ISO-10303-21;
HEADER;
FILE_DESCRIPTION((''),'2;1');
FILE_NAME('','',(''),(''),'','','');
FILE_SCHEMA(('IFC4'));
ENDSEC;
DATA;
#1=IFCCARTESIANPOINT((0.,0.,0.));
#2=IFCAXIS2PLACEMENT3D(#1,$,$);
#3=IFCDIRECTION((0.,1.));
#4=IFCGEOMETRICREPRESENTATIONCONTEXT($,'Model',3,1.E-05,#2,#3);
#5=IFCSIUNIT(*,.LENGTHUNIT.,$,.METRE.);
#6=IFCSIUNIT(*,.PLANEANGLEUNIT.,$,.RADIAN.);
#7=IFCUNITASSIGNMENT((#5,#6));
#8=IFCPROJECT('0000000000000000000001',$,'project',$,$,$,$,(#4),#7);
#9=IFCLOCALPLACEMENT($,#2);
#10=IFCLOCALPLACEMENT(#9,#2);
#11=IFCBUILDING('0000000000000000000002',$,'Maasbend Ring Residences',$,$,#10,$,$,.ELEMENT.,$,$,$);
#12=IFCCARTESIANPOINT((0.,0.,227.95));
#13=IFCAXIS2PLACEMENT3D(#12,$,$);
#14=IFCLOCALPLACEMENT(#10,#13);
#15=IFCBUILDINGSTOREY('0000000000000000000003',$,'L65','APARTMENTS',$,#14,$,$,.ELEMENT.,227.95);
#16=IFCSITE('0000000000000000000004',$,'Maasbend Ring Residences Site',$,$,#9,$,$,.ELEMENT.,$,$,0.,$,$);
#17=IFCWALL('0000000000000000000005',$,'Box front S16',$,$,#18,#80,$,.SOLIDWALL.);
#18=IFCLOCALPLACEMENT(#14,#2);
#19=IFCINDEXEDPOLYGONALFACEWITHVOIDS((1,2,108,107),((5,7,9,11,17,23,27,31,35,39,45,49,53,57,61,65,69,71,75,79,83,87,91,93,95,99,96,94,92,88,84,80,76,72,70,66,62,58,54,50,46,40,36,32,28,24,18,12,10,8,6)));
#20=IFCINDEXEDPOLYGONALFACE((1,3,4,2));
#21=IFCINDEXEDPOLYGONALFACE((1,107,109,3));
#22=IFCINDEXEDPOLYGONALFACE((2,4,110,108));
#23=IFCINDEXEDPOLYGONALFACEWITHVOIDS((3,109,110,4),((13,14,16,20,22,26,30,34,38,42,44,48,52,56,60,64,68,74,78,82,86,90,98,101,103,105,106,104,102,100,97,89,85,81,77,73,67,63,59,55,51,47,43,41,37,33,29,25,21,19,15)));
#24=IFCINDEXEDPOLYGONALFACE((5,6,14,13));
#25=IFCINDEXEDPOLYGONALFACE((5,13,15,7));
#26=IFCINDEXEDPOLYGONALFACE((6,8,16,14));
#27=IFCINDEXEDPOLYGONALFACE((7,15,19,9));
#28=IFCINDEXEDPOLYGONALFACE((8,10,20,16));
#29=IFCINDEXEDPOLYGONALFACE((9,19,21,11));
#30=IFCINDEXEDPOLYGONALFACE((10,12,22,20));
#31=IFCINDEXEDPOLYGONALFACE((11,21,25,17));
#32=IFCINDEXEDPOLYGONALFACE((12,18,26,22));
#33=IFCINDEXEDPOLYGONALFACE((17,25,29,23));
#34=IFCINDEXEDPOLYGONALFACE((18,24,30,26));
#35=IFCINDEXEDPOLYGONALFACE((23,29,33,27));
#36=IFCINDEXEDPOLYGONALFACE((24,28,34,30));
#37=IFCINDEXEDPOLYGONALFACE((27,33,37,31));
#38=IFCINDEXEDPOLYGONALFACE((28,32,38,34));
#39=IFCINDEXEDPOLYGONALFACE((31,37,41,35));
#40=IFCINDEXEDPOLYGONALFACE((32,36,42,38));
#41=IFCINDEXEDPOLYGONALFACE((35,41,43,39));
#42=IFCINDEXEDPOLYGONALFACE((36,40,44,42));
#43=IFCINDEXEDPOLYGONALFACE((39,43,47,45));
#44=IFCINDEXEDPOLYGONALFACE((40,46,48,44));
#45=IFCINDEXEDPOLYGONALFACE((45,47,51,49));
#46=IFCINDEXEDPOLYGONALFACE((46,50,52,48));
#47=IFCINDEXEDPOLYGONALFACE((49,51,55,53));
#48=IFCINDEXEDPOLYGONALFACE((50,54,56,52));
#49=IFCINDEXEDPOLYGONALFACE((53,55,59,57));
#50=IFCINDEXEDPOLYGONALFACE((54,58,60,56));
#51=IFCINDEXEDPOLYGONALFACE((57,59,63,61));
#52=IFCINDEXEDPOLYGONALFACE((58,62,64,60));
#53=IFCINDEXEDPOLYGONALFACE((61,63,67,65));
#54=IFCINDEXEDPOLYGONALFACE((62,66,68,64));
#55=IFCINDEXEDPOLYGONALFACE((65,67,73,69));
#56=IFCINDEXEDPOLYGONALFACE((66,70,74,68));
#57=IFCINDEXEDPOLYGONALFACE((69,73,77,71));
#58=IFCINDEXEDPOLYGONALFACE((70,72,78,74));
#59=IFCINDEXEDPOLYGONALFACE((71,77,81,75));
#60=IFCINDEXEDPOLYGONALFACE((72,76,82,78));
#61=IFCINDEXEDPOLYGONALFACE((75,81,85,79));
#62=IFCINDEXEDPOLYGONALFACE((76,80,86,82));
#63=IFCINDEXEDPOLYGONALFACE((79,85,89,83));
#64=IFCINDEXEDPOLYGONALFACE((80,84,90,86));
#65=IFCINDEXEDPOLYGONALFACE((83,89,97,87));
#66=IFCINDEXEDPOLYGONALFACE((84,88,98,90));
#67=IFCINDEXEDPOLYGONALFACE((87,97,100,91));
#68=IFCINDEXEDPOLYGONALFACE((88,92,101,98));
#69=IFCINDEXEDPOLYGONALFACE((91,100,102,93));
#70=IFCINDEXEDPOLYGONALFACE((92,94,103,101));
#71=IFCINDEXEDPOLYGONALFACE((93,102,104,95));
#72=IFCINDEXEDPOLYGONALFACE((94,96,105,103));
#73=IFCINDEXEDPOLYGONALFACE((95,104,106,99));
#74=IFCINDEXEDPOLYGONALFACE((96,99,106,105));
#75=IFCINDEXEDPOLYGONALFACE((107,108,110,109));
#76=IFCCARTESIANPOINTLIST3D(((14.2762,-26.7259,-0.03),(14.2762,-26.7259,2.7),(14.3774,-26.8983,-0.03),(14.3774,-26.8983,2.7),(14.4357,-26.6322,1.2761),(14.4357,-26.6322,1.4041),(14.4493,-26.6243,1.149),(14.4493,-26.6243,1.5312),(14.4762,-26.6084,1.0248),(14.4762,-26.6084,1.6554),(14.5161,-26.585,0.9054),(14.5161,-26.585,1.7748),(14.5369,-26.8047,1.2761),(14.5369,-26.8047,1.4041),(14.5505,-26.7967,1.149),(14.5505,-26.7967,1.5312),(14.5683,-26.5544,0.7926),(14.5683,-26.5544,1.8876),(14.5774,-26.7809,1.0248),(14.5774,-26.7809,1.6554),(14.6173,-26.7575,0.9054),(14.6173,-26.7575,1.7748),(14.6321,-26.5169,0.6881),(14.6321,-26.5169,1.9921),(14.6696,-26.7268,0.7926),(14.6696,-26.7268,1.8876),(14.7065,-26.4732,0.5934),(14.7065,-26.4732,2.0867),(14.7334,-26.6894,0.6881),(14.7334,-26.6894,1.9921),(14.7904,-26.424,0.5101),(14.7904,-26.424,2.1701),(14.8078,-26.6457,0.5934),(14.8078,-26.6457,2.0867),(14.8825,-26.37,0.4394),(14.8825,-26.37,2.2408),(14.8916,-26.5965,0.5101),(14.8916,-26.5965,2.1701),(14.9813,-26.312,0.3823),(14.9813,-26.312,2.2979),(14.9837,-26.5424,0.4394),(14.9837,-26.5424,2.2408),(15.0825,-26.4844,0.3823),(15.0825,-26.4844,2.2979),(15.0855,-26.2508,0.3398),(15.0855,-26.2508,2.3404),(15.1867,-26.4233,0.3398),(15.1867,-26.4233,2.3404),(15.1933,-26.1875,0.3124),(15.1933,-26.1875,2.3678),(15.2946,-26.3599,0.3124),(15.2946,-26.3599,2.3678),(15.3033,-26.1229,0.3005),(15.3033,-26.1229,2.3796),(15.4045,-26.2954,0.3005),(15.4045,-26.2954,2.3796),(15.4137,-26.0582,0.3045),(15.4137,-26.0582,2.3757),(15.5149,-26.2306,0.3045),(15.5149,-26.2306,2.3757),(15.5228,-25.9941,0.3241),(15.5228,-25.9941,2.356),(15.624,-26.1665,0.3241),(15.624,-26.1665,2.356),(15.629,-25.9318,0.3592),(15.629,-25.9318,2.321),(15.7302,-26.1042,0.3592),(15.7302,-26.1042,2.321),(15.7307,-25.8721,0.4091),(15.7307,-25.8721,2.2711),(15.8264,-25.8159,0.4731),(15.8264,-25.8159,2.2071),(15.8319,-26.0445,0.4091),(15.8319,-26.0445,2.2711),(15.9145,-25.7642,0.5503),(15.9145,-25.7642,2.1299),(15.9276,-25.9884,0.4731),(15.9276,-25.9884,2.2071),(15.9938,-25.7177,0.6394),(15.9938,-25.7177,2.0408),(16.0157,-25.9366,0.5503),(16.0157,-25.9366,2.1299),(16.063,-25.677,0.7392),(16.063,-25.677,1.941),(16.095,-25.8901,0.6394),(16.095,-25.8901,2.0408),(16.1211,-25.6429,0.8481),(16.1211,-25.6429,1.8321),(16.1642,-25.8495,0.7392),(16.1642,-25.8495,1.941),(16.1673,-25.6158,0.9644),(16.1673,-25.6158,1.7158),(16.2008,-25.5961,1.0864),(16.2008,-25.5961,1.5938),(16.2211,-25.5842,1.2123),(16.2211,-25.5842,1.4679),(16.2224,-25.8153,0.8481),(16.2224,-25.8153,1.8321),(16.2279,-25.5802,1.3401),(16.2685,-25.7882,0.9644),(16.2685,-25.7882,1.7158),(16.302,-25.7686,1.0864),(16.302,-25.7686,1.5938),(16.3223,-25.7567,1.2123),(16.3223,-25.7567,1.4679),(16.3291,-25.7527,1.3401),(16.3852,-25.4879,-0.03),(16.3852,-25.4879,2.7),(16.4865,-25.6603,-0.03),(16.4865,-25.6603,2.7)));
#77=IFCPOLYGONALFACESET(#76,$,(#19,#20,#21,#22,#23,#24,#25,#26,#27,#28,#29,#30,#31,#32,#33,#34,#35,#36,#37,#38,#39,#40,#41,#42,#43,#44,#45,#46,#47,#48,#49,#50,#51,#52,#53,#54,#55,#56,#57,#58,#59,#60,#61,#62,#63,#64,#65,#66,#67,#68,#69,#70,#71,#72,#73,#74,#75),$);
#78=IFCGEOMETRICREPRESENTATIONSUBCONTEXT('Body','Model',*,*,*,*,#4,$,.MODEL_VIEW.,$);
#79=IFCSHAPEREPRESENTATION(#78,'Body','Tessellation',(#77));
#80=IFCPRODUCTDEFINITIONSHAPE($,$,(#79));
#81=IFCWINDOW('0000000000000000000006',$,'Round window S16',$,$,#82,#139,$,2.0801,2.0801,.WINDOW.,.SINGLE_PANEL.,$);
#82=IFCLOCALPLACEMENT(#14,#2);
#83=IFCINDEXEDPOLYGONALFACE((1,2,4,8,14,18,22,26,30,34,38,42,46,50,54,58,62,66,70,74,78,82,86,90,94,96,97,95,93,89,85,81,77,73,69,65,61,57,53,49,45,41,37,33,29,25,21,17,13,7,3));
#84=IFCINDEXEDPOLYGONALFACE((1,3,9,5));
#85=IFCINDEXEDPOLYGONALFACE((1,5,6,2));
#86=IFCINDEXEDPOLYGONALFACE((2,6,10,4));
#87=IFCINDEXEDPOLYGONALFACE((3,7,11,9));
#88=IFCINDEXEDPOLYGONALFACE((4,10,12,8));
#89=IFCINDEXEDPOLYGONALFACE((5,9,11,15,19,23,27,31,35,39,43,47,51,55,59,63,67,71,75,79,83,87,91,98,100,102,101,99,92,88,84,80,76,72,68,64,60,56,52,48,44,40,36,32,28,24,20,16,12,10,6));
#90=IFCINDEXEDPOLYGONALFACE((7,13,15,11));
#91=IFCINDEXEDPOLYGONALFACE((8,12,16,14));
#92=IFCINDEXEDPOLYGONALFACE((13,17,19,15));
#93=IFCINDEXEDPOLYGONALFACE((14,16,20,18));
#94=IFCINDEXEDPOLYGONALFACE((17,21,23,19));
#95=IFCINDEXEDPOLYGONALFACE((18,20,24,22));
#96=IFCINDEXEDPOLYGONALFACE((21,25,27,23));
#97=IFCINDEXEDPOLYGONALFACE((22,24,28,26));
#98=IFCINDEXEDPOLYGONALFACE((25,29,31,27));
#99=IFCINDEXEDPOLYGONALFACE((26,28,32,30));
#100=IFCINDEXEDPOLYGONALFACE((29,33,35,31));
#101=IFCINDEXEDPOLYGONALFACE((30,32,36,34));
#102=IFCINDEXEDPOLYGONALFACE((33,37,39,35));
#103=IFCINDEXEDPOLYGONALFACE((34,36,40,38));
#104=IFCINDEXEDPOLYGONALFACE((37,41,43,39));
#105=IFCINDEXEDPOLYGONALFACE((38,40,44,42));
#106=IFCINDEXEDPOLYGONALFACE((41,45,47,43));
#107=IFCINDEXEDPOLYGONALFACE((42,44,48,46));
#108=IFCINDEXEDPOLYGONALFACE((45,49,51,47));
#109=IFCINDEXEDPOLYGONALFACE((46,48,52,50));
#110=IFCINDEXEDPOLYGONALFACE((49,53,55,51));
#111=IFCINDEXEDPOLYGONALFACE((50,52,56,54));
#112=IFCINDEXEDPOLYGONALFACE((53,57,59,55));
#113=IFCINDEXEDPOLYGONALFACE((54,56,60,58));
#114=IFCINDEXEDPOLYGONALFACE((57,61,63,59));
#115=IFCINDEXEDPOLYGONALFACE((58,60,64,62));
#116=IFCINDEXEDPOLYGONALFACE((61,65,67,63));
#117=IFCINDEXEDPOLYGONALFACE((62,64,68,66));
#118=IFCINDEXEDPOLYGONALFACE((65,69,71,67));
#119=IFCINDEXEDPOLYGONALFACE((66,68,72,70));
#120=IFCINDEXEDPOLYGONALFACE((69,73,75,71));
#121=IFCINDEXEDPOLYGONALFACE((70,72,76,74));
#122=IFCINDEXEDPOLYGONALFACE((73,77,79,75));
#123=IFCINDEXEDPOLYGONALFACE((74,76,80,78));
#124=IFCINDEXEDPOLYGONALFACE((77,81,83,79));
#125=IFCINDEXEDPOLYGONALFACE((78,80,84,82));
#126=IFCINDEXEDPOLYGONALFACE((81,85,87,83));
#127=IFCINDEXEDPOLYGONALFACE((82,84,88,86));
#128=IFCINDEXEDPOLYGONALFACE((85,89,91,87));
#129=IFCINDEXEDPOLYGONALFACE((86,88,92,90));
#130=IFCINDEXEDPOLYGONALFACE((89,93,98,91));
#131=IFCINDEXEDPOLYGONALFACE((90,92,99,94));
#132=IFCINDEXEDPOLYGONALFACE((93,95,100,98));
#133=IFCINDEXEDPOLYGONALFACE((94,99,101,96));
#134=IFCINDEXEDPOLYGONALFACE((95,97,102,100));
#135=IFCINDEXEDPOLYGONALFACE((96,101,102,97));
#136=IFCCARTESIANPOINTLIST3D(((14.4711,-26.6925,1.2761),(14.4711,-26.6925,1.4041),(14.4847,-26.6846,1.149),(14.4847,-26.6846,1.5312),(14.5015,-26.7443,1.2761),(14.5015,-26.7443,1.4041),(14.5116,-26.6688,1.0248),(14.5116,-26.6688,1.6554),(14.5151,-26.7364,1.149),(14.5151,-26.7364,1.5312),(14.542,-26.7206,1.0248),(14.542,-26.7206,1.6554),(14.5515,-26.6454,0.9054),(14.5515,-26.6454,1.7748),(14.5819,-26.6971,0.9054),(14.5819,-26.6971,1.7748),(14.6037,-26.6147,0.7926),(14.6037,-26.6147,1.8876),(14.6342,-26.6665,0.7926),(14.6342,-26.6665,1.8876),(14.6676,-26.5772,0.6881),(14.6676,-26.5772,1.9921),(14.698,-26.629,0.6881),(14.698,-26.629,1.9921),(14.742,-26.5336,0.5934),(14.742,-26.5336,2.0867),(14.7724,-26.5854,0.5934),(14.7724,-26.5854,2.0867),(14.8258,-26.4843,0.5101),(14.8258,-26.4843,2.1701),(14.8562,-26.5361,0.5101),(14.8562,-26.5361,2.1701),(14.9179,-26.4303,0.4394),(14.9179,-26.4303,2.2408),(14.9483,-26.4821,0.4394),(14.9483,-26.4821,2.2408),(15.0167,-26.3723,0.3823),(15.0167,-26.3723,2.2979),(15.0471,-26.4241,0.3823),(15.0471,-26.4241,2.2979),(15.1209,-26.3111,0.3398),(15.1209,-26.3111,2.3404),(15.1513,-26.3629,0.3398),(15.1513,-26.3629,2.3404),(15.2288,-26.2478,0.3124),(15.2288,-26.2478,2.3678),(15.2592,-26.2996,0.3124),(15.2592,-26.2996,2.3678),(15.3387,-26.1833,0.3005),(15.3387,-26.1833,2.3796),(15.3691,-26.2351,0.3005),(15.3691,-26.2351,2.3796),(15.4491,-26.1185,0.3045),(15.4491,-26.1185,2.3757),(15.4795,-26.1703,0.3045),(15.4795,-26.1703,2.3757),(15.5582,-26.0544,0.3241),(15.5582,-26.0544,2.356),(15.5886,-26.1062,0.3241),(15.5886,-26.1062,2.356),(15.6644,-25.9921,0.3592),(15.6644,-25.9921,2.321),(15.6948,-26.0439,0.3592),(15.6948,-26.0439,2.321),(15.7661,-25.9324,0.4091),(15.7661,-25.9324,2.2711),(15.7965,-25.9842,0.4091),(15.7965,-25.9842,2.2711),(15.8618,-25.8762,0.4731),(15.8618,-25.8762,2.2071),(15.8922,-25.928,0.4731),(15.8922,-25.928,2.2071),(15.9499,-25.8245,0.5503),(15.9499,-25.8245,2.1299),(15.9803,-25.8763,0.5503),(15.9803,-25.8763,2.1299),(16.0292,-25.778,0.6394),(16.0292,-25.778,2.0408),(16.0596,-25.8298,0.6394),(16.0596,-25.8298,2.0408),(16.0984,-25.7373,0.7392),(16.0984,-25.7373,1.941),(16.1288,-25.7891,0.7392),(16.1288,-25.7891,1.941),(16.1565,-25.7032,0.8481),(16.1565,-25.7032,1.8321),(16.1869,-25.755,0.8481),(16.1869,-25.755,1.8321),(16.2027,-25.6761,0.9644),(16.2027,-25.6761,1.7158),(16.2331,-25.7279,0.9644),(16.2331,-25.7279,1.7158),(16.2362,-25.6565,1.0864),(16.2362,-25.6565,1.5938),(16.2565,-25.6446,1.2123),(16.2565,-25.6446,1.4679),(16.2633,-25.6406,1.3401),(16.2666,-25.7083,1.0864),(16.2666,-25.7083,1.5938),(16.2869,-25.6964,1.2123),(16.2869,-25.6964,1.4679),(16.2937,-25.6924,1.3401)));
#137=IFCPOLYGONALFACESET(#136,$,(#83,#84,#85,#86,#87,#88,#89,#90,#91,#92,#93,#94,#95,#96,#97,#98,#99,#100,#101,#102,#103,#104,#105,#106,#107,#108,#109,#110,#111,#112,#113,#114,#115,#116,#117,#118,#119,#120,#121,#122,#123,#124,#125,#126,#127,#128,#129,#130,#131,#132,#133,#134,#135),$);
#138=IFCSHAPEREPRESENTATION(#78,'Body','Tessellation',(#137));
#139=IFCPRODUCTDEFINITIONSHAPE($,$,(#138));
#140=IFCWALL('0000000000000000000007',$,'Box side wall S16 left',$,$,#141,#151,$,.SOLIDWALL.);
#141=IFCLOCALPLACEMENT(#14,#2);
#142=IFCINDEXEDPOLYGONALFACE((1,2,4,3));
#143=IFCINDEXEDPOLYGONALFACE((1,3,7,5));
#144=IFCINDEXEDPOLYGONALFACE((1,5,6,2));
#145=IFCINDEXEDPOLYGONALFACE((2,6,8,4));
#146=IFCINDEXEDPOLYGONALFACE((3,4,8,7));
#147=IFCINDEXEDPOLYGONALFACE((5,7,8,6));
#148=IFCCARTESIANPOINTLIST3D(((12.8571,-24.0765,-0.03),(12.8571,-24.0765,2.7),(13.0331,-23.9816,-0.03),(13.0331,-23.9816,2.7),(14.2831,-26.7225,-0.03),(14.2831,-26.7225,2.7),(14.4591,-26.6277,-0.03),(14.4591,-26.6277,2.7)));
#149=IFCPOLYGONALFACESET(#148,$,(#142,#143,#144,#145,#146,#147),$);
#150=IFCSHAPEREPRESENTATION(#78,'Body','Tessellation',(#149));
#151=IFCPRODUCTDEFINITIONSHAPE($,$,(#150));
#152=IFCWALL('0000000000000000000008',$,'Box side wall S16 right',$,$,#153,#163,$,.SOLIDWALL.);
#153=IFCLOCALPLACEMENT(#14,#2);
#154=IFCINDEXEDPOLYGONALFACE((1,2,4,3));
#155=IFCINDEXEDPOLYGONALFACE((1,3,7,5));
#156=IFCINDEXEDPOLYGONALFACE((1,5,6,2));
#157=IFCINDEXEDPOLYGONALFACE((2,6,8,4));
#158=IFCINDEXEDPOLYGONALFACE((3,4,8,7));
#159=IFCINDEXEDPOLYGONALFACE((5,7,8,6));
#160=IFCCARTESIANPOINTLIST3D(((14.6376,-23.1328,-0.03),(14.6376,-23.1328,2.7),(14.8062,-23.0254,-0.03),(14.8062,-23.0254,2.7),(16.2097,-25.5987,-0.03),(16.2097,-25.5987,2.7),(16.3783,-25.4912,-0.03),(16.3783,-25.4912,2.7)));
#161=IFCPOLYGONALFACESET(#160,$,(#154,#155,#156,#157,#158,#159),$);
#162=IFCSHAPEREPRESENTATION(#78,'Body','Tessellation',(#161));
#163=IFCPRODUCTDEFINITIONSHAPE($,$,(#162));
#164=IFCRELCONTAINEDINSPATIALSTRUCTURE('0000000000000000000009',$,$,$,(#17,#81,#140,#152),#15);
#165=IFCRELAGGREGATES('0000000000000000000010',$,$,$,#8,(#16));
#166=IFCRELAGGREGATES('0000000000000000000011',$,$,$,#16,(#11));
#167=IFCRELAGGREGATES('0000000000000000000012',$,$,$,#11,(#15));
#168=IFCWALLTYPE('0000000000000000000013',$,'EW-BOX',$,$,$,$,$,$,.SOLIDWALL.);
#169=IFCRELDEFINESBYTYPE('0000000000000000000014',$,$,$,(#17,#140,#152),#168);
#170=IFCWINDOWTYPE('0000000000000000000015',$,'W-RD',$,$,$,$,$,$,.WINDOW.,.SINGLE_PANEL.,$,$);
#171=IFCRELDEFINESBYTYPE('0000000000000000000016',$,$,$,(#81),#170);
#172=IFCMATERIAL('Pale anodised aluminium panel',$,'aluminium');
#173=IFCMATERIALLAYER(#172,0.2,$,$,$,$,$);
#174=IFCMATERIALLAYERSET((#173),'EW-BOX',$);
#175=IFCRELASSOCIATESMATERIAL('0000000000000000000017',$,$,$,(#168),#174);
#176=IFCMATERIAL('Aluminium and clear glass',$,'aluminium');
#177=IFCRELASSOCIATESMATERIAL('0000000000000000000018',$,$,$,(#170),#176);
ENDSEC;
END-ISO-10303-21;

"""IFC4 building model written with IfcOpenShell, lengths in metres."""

from ifc_helpers import new_model, si_unit, direction, frame, frame_2d, origin, place, context, subcontext, project, spatial, rectangle, circle, extrude, material, layer, layer_set, type_object, element, fill, save


model = new_model("IFC4")

# Units and contexts
model_context = context("Model", 3, precision=1e-05, world=origin(), true_north=direction((0.0, 1.0)))
body_context = subcontext(model_context, "Body", "Model", "MODEL_VIEW")
ifc_project = project(units=[si_unit("LENGTHUNIT", "METRE"), si_unit("PLANEANGLEUNIT", "RADIAN")], contexts=[model_context])

# Site, building, storey
site_placement = place(None, origin())
site = spatial("IfcSite", under=ifc_project, at=site_placement, Name="Maasbend Ring Residences Site", CompositionType="ELEMENT", RefElevation=0.0)
building_placement = place(site_placement, origin())
building = spatial("IfcBuilding", under=site, at=building_placement, Name="Maasbend Ring Residences", CompositionType="ELEMENT")
storey_placement = place(building_placement, frame((0.0, 0.0, 227.95)))
storey = spatial("IfcBuildingStorey", under=building, at=storey_placement, Name="L65", Description="APARTMENTS", CompositionType="ELEMENT", Elevation=227.95)

# Wall, opening, window
ifc_material_1 = material(Name="Pale anodised aluminium panel", Category="aluminium")
ifc_layer_1 = layer(ifc_material_1, 0.2)
ifc_layer_set_1 = layer_set([ifc_layer_1], Name="EW-BOX")
wall_type_1 = type_object("IfcWallType", Name="EW-BOX", PredefinedType="SOLIDWALL", material=ifc_layer_set_1)
wall_1_placement = place(storey_placement, frame((14.3269, -26.812, -0.03), z_axis=(0.0, 0.0, 1.0), x_axis=(0.862403, 0.506222, 0.0)))
wall_1 = element("IfcWall", 1, at=wall_1_placement, inside=storey, type_object=wall_type_1, Name="Box front S16", PredefinedType="SOLIDWALL", context=body_context, shape_type="SweptSolid", body=[
    extrude(rectangle(XDim=2.4456, YDim=0.2, at=frame_2d((1.2227, 0.0))), origin(), (0.0, 0.0, 1.0), 2.73),
])
opening_1_placement = place(wall_1_placement, frame((0.1829, 0.0, 0.3301)))
opening_1 = element("IfcOpeningElement", 2, at=opening_1_placement, cuts=wall_1, PredefinedType="OPENING", context=body_context, shape_type="SweptSolid", body=[
    extrude(circle(Radius=1.04, at=frame_2d((1.04, 1.04))), frame((0.0, 0.1099, 0.0), z_axis=(0.0, -1.0, 0.0), x_axis=(1.0, 0.0, 0.0)), (0.0, 0.0, 1.0), 0.22),
])
ifc_material_2 = material(Name="Aluminium and clear glass", Category="aluminium")
window_type_1 = type_object("IfcWindowType", Name="W-RD", PartitioningType="SINGLE_PANEL", PredefinedType="WINDOW", material=ifc_material_2)
window_1_placement = place(opening_1_placement, origin())
window_1 = element("IfcWindow", 3, at=window_1_placement, inside=storey, type_object=window_type_1, Name="Round window S16", OverallHeight=2.0801, OverallWidth=2.0801, PartitioningType="SINGLE_PANEL", PredefinedType="WINDOW", context=body_context, shape_type="SweptSolid", body=[
    extrude(circle(Radius=1.04, at=frame_2d((1.04, 1.04))), frame((0.0, 0.03, 0.0), z_axis=(0.0, -1.0, 0.0), x_axis=(1.0, 0.0, 0.0)), (0.0, 0.0, 1.0), 0.0601),
])
fill(opening_1, window_1)

# Walls
wall_2_placement = place(storey_placement, frame((12.9451, -24.0291, -0.03), z_axis=(0.0, 0.0, 1.0), x_axis=(0.474424, -0.880296, 0.0)))
element("IfcWall", 4, at=wall_2_placement, inside=storey, type_object=wall_type_1, Name="Box side wall S16 left", PredefinedType="SOLIDWALL", context=body_context, shape_type="SweptSolid", body=[
    extrude(rectangle(XDim=3.0059, YDim=0.2, at=frame_2d((1.5029, 0.0))), origin(), (0.0, 0.0, 1.0), 2.73),
])
wall_3_placement = place(storey_placement, frame((14.7219, -23.0791, -0.03), z_axis=(0.0, 0.0, 1.0), x_axis=(0.537572, -0.843218, 0.0)))
element("IfcWall", 5, at=wall_3_placement, inside=storey, type_object=wall_type_1, Name="Box side wall S16 right", PredefinedType="SOLIDWALL", context=body_context, shape_type="SweptSolid", body=[
    extrude(rectangle(XDim=2.9243, YDim=0.2, at=frame_2d((1.4622, 0.0))), origin(), (0.0, 0.0, 1.0), 2.73),
])

save(model, "model.ifc")
